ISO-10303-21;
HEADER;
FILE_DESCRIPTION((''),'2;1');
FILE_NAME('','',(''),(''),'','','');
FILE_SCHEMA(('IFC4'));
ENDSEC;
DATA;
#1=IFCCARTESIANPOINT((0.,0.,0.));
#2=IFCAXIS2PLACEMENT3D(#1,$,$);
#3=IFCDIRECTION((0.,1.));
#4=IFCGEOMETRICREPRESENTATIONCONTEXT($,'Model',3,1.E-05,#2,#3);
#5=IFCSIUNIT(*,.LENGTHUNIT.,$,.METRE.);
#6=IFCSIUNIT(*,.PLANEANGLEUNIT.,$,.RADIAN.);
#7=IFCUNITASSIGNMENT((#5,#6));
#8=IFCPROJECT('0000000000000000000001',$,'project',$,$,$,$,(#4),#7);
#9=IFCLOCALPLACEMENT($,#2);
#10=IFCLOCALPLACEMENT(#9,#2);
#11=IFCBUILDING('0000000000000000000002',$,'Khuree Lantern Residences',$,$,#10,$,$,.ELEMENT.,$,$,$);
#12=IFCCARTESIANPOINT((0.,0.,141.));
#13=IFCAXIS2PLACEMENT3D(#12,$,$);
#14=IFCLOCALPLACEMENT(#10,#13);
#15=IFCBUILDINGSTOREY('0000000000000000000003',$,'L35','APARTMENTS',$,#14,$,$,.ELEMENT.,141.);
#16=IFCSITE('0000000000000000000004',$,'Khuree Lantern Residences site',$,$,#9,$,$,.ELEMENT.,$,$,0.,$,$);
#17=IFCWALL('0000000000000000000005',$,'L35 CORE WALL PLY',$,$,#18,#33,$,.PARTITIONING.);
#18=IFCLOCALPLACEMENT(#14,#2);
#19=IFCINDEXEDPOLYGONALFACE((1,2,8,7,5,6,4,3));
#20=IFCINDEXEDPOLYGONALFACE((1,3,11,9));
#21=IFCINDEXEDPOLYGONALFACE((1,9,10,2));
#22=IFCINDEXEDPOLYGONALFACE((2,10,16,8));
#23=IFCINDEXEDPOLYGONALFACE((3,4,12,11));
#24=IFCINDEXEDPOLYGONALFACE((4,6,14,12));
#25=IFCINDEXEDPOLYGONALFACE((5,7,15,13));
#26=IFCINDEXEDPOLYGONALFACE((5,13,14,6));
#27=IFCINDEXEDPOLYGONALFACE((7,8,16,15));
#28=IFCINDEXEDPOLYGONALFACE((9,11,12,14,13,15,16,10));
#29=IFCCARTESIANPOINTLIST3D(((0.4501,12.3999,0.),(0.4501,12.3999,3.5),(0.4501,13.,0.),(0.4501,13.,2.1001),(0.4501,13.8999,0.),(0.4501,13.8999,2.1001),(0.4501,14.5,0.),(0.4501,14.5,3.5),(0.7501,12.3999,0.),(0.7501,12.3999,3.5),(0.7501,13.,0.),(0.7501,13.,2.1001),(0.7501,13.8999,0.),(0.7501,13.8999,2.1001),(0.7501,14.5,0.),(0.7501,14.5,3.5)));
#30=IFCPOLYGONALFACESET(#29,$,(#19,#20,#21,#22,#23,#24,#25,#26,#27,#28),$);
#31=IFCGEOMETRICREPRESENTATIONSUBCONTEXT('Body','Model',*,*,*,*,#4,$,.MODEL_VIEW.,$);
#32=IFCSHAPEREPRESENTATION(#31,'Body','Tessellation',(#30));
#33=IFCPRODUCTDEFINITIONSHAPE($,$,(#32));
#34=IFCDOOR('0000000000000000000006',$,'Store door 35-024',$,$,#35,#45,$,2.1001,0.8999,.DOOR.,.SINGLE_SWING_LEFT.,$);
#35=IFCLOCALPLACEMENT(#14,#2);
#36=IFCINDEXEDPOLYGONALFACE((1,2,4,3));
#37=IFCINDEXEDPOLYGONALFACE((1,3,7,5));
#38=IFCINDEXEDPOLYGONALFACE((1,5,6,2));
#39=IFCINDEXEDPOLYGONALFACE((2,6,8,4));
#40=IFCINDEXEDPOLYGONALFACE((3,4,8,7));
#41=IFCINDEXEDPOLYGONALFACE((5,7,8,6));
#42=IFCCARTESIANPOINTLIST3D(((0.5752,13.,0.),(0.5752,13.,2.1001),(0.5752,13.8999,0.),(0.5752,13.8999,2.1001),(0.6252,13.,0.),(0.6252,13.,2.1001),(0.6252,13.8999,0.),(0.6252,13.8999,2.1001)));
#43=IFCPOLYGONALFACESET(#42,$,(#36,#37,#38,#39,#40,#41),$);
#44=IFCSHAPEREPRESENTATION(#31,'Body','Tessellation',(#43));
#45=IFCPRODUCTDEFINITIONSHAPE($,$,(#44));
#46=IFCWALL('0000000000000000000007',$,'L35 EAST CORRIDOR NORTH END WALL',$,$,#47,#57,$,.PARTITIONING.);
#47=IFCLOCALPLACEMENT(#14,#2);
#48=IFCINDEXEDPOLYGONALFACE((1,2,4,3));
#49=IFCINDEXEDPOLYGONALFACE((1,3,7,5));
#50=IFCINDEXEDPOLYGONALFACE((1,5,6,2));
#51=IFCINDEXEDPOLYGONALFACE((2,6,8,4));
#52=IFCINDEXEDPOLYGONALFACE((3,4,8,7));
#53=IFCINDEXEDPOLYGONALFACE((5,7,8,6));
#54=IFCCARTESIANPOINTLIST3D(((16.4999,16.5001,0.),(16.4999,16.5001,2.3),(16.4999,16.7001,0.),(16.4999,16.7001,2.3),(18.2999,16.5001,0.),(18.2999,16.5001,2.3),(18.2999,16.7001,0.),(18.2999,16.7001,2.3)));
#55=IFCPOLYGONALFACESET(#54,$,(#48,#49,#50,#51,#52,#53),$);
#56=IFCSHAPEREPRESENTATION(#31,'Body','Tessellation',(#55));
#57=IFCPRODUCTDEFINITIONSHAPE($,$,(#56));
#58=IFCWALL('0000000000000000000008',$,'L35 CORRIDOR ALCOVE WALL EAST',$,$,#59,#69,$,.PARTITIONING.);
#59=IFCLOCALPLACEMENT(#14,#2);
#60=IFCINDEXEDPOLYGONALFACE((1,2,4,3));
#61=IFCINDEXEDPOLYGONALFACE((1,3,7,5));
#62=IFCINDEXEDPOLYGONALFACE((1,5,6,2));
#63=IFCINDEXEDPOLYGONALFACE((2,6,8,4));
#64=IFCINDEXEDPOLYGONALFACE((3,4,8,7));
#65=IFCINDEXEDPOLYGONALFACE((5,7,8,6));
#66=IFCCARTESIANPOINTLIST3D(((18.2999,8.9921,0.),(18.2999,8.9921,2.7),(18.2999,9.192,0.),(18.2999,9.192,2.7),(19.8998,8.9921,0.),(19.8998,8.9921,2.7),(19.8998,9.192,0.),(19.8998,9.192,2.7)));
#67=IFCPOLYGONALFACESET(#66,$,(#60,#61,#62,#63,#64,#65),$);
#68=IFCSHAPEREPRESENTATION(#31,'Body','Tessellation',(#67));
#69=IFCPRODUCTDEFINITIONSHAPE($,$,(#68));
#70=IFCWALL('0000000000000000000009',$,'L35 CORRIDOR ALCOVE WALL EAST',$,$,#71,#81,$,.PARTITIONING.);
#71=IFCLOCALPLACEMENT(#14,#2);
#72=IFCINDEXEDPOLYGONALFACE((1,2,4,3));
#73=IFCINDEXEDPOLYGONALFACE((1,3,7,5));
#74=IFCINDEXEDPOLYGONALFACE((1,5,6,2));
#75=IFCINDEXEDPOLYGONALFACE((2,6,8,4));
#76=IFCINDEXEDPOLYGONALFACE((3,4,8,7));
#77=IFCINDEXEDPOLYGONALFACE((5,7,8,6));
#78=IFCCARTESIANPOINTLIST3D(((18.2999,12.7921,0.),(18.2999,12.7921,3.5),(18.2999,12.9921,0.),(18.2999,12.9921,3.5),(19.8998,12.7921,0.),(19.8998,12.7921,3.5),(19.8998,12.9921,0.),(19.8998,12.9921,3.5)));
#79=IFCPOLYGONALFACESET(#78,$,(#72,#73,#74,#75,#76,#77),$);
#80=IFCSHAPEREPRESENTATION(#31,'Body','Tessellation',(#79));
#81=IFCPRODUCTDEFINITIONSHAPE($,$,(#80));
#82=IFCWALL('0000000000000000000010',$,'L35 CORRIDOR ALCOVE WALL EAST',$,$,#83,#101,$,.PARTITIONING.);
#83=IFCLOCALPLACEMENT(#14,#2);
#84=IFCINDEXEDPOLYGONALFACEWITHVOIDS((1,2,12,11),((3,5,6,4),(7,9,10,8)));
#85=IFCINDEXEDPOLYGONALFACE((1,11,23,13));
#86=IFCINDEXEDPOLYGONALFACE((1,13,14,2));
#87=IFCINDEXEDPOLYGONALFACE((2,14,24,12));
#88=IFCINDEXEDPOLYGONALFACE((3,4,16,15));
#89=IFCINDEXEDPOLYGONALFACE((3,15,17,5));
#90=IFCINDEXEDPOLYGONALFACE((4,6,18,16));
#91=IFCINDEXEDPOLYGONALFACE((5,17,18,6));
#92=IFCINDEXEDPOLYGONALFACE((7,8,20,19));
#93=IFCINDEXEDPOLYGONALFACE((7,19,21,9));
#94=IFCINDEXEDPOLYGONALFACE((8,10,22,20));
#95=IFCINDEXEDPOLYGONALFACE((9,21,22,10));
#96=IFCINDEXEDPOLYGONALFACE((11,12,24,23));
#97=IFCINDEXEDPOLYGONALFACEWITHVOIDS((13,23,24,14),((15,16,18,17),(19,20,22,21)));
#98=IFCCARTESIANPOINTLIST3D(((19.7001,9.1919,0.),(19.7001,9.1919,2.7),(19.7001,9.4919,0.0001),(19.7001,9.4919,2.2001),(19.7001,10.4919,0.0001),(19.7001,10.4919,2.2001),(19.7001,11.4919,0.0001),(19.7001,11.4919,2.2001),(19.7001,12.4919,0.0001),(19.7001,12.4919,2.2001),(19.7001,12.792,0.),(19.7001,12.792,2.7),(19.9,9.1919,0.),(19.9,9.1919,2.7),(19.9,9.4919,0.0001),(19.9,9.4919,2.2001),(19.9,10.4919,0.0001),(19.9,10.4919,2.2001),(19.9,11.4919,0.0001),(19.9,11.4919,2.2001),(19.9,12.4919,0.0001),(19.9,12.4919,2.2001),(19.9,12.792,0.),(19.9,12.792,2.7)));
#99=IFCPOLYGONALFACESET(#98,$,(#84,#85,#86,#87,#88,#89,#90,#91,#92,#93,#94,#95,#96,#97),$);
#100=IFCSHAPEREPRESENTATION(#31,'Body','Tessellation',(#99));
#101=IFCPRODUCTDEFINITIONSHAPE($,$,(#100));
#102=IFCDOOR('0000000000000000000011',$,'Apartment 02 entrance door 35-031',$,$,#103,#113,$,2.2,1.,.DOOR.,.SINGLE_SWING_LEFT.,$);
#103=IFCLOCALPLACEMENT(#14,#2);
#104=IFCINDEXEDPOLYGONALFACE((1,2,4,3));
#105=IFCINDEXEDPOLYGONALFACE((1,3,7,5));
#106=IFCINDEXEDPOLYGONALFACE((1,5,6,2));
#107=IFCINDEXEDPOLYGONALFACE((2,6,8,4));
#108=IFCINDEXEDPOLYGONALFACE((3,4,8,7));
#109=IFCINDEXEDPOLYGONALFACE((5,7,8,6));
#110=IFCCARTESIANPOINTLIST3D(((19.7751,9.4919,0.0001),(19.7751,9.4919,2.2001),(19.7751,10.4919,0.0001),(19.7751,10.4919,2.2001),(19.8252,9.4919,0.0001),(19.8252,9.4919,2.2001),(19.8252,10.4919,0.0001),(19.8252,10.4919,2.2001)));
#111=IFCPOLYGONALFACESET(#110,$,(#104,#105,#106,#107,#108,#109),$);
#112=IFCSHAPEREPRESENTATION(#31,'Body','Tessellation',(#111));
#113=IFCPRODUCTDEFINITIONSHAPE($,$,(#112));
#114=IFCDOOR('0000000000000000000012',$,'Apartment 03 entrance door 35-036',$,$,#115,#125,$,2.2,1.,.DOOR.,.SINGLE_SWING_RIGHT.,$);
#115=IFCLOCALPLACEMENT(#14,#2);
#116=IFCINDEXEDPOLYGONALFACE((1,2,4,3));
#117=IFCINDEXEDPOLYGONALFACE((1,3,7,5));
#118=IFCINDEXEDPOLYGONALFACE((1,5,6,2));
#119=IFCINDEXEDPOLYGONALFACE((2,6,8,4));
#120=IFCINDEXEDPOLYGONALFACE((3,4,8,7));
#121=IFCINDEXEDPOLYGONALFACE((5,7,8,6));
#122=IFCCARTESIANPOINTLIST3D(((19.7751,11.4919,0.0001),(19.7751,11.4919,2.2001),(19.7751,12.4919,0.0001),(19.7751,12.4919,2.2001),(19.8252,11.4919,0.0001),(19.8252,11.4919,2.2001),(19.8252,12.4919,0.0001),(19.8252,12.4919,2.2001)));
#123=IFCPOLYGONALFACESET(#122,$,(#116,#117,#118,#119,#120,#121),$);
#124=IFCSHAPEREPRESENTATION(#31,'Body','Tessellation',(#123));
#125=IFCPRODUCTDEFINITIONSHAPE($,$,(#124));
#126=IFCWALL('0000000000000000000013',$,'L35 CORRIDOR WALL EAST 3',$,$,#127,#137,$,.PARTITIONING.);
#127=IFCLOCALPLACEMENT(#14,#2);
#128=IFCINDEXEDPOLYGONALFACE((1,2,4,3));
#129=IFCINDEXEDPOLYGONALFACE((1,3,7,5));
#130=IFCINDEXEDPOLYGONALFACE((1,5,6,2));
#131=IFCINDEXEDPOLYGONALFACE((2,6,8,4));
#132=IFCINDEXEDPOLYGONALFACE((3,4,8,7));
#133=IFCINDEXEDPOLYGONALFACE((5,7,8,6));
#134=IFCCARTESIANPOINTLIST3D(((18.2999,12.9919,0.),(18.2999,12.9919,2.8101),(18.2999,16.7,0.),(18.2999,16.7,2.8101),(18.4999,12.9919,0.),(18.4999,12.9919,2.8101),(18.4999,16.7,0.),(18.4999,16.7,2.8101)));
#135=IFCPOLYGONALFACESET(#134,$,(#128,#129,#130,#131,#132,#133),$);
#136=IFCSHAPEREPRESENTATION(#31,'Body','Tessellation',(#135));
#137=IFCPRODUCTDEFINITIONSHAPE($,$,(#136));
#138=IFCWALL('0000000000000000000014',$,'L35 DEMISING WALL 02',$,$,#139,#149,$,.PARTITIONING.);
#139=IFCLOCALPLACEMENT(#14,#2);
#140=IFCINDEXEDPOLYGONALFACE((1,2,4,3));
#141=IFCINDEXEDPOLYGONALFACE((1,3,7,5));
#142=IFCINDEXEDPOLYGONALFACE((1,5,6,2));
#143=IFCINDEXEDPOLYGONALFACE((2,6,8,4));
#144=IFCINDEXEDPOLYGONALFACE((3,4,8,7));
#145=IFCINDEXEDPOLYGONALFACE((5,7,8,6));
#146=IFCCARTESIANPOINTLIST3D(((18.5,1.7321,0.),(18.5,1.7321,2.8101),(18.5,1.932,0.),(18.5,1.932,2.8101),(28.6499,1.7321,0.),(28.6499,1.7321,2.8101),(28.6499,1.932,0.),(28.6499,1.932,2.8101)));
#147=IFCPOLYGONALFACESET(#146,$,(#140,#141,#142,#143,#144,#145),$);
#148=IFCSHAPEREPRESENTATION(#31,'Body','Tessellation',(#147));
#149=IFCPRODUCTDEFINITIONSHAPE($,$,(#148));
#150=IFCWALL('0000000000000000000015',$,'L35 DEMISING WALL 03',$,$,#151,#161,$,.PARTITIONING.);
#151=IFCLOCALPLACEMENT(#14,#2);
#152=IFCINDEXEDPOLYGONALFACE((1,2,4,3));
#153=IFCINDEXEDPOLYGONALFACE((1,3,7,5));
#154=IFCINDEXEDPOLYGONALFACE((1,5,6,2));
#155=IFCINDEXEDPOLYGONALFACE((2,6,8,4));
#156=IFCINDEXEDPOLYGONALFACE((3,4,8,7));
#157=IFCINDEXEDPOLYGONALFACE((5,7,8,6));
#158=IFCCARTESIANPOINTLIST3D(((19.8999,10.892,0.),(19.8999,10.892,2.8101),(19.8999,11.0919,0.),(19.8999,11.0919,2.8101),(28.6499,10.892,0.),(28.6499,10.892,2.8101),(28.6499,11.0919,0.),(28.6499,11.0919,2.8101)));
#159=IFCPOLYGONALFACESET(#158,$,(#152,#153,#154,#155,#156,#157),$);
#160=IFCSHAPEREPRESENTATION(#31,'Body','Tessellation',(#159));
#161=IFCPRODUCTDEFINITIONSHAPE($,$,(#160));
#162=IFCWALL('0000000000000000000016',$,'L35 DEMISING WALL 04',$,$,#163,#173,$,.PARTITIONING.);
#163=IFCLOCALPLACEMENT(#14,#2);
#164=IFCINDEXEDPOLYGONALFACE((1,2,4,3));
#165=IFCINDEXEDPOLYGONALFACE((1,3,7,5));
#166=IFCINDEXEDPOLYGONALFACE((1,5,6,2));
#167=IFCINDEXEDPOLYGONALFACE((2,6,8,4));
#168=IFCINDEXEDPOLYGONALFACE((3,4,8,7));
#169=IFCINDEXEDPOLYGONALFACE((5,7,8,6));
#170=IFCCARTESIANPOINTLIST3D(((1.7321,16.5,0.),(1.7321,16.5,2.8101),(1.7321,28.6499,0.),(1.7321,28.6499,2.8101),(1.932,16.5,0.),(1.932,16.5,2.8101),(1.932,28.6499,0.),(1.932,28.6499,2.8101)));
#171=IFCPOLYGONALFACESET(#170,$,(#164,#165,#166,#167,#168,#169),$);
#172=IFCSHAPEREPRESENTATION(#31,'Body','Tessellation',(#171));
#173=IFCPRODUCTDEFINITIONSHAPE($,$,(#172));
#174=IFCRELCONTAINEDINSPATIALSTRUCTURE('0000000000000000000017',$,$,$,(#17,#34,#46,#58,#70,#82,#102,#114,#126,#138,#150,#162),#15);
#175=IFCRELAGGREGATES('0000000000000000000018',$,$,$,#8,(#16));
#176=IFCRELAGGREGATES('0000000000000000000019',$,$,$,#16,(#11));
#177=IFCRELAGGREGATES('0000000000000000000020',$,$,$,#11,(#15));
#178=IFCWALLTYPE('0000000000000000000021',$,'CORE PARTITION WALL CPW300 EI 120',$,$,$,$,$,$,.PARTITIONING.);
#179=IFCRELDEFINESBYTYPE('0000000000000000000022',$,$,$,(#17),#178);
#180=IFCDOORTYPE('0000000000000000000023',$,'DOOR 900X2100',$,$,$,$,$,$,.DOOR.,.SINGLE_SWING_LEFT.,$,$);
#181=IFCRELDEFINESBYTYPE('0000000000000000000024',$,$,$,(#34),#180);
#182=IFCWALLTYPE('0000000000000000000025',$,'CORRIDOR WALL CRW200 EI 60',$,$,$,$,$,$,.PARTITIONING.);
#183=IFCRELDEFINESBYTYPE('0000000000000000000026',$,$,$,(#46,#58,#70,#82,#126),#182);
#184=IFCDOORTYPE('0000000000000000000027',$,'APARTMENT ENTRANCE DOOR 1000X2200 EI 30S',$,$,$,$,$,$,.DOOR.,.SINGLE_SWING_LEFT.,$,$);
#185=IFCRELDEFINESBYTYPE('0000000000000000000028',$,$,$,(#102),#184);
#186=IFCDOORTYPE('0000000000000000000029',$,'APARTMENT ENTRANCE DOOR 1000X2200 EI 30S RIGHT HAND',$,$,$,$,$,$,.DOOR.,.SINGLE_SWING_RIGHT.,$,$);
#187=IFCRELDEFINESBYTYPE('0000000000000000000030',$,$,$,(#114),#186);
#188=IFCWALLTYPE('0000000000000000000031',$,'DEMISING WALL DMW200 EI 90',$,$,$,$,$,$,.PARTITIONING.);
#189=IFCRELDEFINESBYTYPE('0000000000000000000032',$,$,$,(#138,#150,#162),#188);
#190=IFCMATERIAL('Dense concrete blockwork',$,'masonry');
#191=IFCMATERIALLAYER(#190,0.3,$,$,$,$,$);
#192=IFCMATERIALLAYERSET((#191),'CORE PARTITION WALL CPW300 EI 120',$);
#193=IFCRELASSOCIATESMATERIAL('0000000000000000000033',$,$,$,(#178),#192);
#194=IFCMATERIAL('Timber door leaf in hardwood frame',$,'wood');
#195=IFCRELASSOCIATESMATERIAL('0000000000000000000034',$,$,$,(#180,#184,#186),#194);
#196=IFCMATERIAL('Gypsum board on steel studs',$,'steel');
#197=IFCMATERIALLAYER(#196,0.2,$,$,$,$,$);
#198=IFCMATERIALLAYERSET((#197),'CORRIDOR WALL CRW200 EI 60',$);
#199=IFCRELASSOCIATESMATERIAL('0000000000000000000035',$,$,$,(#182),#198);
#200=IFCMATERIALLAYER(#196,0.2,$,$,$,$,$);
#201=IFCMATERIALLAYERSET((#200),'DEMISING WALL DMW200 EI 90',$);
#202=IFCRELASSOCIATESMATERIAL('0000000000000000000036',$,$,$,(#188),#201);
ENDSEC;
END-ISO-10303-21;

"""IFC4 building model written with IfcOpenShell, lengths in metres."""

from ifc_helpers import new_model, si_unit, direction, frame, frame_2d, origin, place, context, subcontext, project, spatial, rectangle, extrude, material, layer, layer_set, type_object, element, fill, save


model = new_model("IFC4")

# Units and contexts
model_context = context("Model", 3, precision=1e-05, world=origin(), true_north=direction((0.0, 1.0)))
body_context = subcontext(model_context, "Body", "Model", "MODEL_VIEW")
ifc_project = project(units=[si_unit("LENGTHUNIT", "METRE"), si_unit("PLANEANGLEUNIT", "RADIAN")], contexts=[model_context])

# Site, building, storey
site_placement = place(None, origin())
site = spatial("IfcSite", under=ifc_project, at=site_placement, Name="Khuree Lantern Residences site", CompositionType="ELEMENT", RefElevation=0.0)
building_placement = place(site_placement, origin())
building = spatial("IfcBuilding", under=site, at=building_placement, Name="Khuree Lantern Residences", CompositionType="ELEMENT")
storey_placement = place(building_placement, frame((0.0, 0.0, 141.0)))
storey = spatial("IfcBuildingStorey", under=building, at=storey_placement, Name="L35", Description="APARTMENTS", CompositionType="ELEMENT", Elevation=141.0)

# Shared definitions
ifc_material_1 = material(Name="Dense concrete blockwork", Category="masonry")
ifc_layer_1 = layer(ifc_material_1, 0.3)
ifc_layer_set_1 = layer_set([ifc_layer_1], Name="CORE PARTITION WALL CPW300 EI 120")
wall_type_1 = type_object("IfcWallType", Name="CORE PARTITION WALL CPW300 EI 120", PredefinedType="PARTITIONING", material=ifc_layer_set_1)

# Shared definitions
ifc_material_2 = material(Name="Timber door leaf in hardwood frame", Category="wood")
door_type_1 = type_object("IfcDoorType", Name="DOOR 900X2100", OperationType="SINGLE_SWING_LEFT", PredefinedType="DOOR", material=ifc_material_2)

# Wall, opening, door
wall_1_placement = place(storey_placement, frame((0.6001, 12.3999, 0.0), z_axis=(0.0, 0.0, 1.0), x_axis=(0.0, 1.0, 0.0)))
wall_1 = element("IfcWall", 1, at=wall_1_placement, inside=storey, type_object=wall_type_1, Name="L35 CORE WALL PLY", PredefinedType="PARTITIONING", context=body_context, shape_type="SweptSolid", body=[
    extrude(rectangle(XDim=2.1001, YDim=0.3, at=frame_2d((1.05, 0.0))), origin(), (0.0, 0.0, 1.0), 3.5),
])
opening_1_placement = place(wall_1_placement, frame((0.6001, 0.0, 0.0)))
opening_1 = element("IfcOpeningElement", 2, at=opening_1_placement, cuts=wall_1, PredefinedType="OPENING", context=body_context, shape_type="SweptSolid", body=[
    extrude(rectangle(XDim=0.8999, YDim=2.1001, at=frame_2d((0.45, 1.05))), frame((0.0, 0.1602, 0.0), z_axis=(0.0, -1.0, 0.0), x_axis=(1.0, 0.0, 0.0)), (0.0, 0.0, 1.0), 0.3201),
])
door_1_placement = place(opening_1_placement, origin())
door_1 = element("IfcDoor", 3, at=door_1_placement, inside=storey, type_object=door_type_1, Name="Store door 35-024", OperationType="SINGLE_SWING_LEFT", OverallHeight=2.1001, OverallWidth=0.8999, PredefinedType="DOOR", context=body_context, shape_type="SweptSolid", body=[
    extrude(rectangle(XDim=0.8999, YDim=2.1001, at=frame_2d((0.45, 1.05))), frame((0.0, 0.0249, 0.0), z_axis=(0.0, -1.0, 0.0), x_axis=(1.0, 0.0, 0.0)), (0.0, 0.0, 1.0), 0.05),
])
fill(opening_1, door_1)

# Walls
ifc_material_3 = material(Name="Gypsum board on steel studs", Category="steel")
ifc_layer_2 = layer(ifc_material_3, 0.2)
ifc_layer_set_2 = layer_set([ifc_layer_2], Name="CORRIDOR WALL CRW200 EI 60")
wall_type_2 = type_object("IfcWallType", Name="CORRIDOR WALL CRW200 EI 60", PredefinedType="PARTITIONING", material=ifc_layer_set_2)
wall_2_placement = place(storey_placement, frame((16.5, 16.6001, 0.0), z_axis=(0.0, 0.0, 1.0), x_axis=(1.0, 0.0, 0.0)))
element("IfcWall", 4, at=wall_2_placement, inside=storey, type_object=wall_type_2, Name="L35 EAST CORRIDOR NORTH END WALL", PredefinedType="PARTITIONING", context=body_context, shape_type="SweptSolid", body=[
    extrude(rectangle(XDim=1.8, YDim=0.2, at=frame_2d((0.8999, 0.0))), origin(), (0.0, 0.0, 1.0), 2.3),
])
wall_3_placement = place(storey_placement, frame((18.3, 9.092, 0.0), z_axis=(0.0, 0.0, 1.0), x_axis=(1.0, 0.0, 0.0)))
element("IfcWall", 5, at=wall_3_placement, inside=storey, type_object=wall_type_2, Name="L35 CORRIDOR ALCOVE WALL EAST", PredefinedType="PARTITIONING", context=body_context, shape_type="SweptSolid", body=[
    extrude(rectangle(XDim=1.5999, YDim=0.2, at=frame_2d((0.7998, 0.0))), origin(), (0.0, 0.0, 1.0), 2.7),
])
wall_4_placement = place(storey_placement, frame((18.3, 12.8921, 0.0), z_axis=(0.0, 0.0, 1.0), x_axis=(1.0, 0.0, 0.0)))
element("IfcWall", 6, at=wall_4_placement, inside=storey, type_object=wall_type_2, Name="L35 CORRIDOR ALCOVE WALL EAST", PredefinedType="PARTITIONING", context=body_context, shape_type="SweptSolid", body=[
    extrude(rectangle(XDim=1.5999, YDim=0.2, at=frame_2d((0.7998, 0.0))), origin(), (0.0, 0.0, 1.0), 3.5),
])

# Wall, openings, doors
wall_5_placement = place(storey_placement, frame((19.8, 9.1919, 0.0), z_axis=(0.0, 0.0, 1.0), x_axis=(0.0, 1.0, 0.0)))
wall_5 = element("IfcWall", 7, at=wall_5_placement, inside=storey, type_object=wall_type_2, Name="L35 CORRIDOR ALCOVE WALL EAST", PredefinedType="PARTITIONING", context=body_context, shape_type="SweptSolid", body=[
    extrude(rectangle(XDim=3.6001, YDim=0.2, at=frame_2d((1.8, 0.0))), origin(), (0.0, 0.0, 1.0), 2.7),
])
opening_2_placement = place(wall_5_placement, frame((0.3, 0.0, 0.0)))
opening_2 = element("IfcOpeningElement", 8, at=opening_2_placement, cuts=wall_5, PredefinedType="OPENING", context=body_context, shape_type="SweptSolid", body=[
    extrude(rectangle(XDim=1.0, YDim=2.2, at=frame_2d((0.5, 1.1001))), frame((0.0, 0.1099, 0.0), z_axis=(0.0, -1.0, 0.0), x_axis=(1.0, 0.0, 0.0)), (0.0, 0.0, 1.0), 0.22),
])
opening_3_placement = place(wall_5_placement, frame((2.3, 0.0, 0.0)))
opening_3 = element("IfcOpeningElement", 9, at=opening_3_placement, cuts=wall_5, PredefinedType="OPENING", context=body_context, shape_type="SweptSolid", body=[
    extrude(rectangle(XDim=1.0, YDim=2.2, at=frame_2d((0.5, 1.1001))), frame((0.0, 0.1099, 0.0), z_axis=(0.0, -1.0, 0.0), x_axis=(1.0, 0.0, 0.0)), (0.0, 0.0, 1.0), 0.22),
])
door_type_2 = type_object("IfcDoorType", Name="APARTMENT ENTRANCE DOOR 1000X2200 EI 30S", OperationType="SINGLE_SWING_LEFT", PredefinedType="DOOR", material=ifc_material_2)
door_2_placement = place(opening_2_placement, origin())
door_2 = element("IfcDoor", 10, at=door_2_placement, inside=storey, type_object=door_type_2, Name="Apartment 02 entrance door 35-031", OperationType="SINGLE_SWING_LEFT", OverallHeight=2.2, OverallWidth=1.0, PredefinedType="DOOR", context=body_context, shape_type="SweptSolid", body=[
    extrude(rectangle(XDim=1.0, YDim=2.2, at=frame_2d((0.5, 1.1001))), frame((0.0, 0.0249, 0.0), z_axis=(0.0, -1.0, 0.0), x_axis=(1.0, 0.0, 0.0)), (0.0, 0.0, 1.0), 0.05),
])
fill(opening_2, door_2)
door_type_3 = type_object("IfcDoorType", Name="APARTMENT ENTRANCE DOOR 1000X2200 EI 30S RIGHT HAND", OperationType="SINGLE_SWING_RIGHT", PredefinedType="DOOR", material=ifc_material_2)
door_3_placement = place(opening_3_placement, origin())
door_3 = element("IfcDoor", 11, at=door_3_placement, inside=storey, type_object=door_type_3, Name="Apartment 03 entrance door 35-036", OperationType="SINGLE_SWING_RIGHT", OverallHeight=2.2, OverallWidth=1.0, PredefinedType="DOOR", context=body_context, shape_type="SweptSolid", body=[
    extrude(rectangle(XDim=1.0, YDim=2.2, at=frame_2d((0.5, 1.1001))), frame((0.0, 0.0249, 0.0), z_axis=(0.0, -1.0, 0.0), x_axis=(1.0, 0.0, 0.0)), (0.0, 0.0, 1.0), 0.05),
])
fill(opening_3, door_3)

# Walls
wall_6_placement = place(storey_placement, frame((18.3999, 12.9919, 0.0), z_axis=(0.0, 0.0, 1.0), x_axis=(0.0, 1.0, 0.0)))
element("IfcWall", 12, at=wall_6_placement, inside=storey, type_object=wall_type_2, Name="L35 CORRIDOR WALL EAST 3", PredefinedType="PARTITIONING", context=body_context, shape_type="SweptSolid", body=[
    extrude(rectangle(XDim=3.708, YDim=0.2, at=frame_2d((1.854, 0.0))), origin(), (0.0, 0.0, 1.0), 2.8101),
])
ifc_layer_3 = layer(ifc_material_3, 0.2)
ifc_layer_set_3 = layer_set([ifc_layer_3], Name="DEMISING WALL DMW200 EI 90")
wall_type_3 = type_object("IfcWallType", Name="DEMISING WALL DMW200 EI 90", PredefinedType="PARTITIONING", material=ifc_layer_set_3)
wall_7_placement = place(storey_placement, frame((18.5, 1.832, 0.0), z_axis=(0.0, 0.0, 1.0), x_axis=(1.0, 0.0, 0.0)))
element("IfcWall", 13, at=wall_7_placement, inside=storey, type_object=wall_type_3, Name="L35 DEMISING WALL 02", PredefinedType="PARTITIONING", context=body_context, shape_type="SweptSolid", body=[
    extrude(rectangle(XDim=10.1499, YDim=0.2, at=frame_2d((5.075, 0.0))), origin(), (0.0, 0.0, 1.0), 2.8101),
])
wall_8_placement = place(storey_placement, frame((19.8999, 10.9919, 0.0), z_axis=(0.0, 0.0, 1.0), x_axis=(1.0, 0.0, 0.0)))
element("IfcWall", 14, at=wall_8_placement, inside=storey, type_object=wall_type_3, Name="L35 DEMISING WALL 03", PredefinedType="PARTITIONING", context=body_context, shape_type="SweptSolid", body=[
    extrude(rectangle(XDim=8.75, YDim=0.2, at=frame_2d((4.375, 0.0))), origin(), (0.0, 0.0, 1.0), 2.8101),
])
wall_9_placement = place(storey_placement, frame((1.832, 16.5, 0.0), z_axis=(0.0, 0.0, 1.0), x_axis=(0.0, 1.0, 0.0)))
element("IfcWall", 15, at=wall_9_placement, inside=storey, type_object=wall_type_3, Name="L35 DEMISING WALL 04", PredefinedType="PARTITIONING", context=body_context, shape_type="SweptSolid", body=[
    extrude(rectangle(XDim=12.1499, YDim=0.2, at=frame_2d((6.075, 0.0))), origin(), (0.0, 0.0, 1.0), 2.8101),
])

save(model, "model.ifc")
